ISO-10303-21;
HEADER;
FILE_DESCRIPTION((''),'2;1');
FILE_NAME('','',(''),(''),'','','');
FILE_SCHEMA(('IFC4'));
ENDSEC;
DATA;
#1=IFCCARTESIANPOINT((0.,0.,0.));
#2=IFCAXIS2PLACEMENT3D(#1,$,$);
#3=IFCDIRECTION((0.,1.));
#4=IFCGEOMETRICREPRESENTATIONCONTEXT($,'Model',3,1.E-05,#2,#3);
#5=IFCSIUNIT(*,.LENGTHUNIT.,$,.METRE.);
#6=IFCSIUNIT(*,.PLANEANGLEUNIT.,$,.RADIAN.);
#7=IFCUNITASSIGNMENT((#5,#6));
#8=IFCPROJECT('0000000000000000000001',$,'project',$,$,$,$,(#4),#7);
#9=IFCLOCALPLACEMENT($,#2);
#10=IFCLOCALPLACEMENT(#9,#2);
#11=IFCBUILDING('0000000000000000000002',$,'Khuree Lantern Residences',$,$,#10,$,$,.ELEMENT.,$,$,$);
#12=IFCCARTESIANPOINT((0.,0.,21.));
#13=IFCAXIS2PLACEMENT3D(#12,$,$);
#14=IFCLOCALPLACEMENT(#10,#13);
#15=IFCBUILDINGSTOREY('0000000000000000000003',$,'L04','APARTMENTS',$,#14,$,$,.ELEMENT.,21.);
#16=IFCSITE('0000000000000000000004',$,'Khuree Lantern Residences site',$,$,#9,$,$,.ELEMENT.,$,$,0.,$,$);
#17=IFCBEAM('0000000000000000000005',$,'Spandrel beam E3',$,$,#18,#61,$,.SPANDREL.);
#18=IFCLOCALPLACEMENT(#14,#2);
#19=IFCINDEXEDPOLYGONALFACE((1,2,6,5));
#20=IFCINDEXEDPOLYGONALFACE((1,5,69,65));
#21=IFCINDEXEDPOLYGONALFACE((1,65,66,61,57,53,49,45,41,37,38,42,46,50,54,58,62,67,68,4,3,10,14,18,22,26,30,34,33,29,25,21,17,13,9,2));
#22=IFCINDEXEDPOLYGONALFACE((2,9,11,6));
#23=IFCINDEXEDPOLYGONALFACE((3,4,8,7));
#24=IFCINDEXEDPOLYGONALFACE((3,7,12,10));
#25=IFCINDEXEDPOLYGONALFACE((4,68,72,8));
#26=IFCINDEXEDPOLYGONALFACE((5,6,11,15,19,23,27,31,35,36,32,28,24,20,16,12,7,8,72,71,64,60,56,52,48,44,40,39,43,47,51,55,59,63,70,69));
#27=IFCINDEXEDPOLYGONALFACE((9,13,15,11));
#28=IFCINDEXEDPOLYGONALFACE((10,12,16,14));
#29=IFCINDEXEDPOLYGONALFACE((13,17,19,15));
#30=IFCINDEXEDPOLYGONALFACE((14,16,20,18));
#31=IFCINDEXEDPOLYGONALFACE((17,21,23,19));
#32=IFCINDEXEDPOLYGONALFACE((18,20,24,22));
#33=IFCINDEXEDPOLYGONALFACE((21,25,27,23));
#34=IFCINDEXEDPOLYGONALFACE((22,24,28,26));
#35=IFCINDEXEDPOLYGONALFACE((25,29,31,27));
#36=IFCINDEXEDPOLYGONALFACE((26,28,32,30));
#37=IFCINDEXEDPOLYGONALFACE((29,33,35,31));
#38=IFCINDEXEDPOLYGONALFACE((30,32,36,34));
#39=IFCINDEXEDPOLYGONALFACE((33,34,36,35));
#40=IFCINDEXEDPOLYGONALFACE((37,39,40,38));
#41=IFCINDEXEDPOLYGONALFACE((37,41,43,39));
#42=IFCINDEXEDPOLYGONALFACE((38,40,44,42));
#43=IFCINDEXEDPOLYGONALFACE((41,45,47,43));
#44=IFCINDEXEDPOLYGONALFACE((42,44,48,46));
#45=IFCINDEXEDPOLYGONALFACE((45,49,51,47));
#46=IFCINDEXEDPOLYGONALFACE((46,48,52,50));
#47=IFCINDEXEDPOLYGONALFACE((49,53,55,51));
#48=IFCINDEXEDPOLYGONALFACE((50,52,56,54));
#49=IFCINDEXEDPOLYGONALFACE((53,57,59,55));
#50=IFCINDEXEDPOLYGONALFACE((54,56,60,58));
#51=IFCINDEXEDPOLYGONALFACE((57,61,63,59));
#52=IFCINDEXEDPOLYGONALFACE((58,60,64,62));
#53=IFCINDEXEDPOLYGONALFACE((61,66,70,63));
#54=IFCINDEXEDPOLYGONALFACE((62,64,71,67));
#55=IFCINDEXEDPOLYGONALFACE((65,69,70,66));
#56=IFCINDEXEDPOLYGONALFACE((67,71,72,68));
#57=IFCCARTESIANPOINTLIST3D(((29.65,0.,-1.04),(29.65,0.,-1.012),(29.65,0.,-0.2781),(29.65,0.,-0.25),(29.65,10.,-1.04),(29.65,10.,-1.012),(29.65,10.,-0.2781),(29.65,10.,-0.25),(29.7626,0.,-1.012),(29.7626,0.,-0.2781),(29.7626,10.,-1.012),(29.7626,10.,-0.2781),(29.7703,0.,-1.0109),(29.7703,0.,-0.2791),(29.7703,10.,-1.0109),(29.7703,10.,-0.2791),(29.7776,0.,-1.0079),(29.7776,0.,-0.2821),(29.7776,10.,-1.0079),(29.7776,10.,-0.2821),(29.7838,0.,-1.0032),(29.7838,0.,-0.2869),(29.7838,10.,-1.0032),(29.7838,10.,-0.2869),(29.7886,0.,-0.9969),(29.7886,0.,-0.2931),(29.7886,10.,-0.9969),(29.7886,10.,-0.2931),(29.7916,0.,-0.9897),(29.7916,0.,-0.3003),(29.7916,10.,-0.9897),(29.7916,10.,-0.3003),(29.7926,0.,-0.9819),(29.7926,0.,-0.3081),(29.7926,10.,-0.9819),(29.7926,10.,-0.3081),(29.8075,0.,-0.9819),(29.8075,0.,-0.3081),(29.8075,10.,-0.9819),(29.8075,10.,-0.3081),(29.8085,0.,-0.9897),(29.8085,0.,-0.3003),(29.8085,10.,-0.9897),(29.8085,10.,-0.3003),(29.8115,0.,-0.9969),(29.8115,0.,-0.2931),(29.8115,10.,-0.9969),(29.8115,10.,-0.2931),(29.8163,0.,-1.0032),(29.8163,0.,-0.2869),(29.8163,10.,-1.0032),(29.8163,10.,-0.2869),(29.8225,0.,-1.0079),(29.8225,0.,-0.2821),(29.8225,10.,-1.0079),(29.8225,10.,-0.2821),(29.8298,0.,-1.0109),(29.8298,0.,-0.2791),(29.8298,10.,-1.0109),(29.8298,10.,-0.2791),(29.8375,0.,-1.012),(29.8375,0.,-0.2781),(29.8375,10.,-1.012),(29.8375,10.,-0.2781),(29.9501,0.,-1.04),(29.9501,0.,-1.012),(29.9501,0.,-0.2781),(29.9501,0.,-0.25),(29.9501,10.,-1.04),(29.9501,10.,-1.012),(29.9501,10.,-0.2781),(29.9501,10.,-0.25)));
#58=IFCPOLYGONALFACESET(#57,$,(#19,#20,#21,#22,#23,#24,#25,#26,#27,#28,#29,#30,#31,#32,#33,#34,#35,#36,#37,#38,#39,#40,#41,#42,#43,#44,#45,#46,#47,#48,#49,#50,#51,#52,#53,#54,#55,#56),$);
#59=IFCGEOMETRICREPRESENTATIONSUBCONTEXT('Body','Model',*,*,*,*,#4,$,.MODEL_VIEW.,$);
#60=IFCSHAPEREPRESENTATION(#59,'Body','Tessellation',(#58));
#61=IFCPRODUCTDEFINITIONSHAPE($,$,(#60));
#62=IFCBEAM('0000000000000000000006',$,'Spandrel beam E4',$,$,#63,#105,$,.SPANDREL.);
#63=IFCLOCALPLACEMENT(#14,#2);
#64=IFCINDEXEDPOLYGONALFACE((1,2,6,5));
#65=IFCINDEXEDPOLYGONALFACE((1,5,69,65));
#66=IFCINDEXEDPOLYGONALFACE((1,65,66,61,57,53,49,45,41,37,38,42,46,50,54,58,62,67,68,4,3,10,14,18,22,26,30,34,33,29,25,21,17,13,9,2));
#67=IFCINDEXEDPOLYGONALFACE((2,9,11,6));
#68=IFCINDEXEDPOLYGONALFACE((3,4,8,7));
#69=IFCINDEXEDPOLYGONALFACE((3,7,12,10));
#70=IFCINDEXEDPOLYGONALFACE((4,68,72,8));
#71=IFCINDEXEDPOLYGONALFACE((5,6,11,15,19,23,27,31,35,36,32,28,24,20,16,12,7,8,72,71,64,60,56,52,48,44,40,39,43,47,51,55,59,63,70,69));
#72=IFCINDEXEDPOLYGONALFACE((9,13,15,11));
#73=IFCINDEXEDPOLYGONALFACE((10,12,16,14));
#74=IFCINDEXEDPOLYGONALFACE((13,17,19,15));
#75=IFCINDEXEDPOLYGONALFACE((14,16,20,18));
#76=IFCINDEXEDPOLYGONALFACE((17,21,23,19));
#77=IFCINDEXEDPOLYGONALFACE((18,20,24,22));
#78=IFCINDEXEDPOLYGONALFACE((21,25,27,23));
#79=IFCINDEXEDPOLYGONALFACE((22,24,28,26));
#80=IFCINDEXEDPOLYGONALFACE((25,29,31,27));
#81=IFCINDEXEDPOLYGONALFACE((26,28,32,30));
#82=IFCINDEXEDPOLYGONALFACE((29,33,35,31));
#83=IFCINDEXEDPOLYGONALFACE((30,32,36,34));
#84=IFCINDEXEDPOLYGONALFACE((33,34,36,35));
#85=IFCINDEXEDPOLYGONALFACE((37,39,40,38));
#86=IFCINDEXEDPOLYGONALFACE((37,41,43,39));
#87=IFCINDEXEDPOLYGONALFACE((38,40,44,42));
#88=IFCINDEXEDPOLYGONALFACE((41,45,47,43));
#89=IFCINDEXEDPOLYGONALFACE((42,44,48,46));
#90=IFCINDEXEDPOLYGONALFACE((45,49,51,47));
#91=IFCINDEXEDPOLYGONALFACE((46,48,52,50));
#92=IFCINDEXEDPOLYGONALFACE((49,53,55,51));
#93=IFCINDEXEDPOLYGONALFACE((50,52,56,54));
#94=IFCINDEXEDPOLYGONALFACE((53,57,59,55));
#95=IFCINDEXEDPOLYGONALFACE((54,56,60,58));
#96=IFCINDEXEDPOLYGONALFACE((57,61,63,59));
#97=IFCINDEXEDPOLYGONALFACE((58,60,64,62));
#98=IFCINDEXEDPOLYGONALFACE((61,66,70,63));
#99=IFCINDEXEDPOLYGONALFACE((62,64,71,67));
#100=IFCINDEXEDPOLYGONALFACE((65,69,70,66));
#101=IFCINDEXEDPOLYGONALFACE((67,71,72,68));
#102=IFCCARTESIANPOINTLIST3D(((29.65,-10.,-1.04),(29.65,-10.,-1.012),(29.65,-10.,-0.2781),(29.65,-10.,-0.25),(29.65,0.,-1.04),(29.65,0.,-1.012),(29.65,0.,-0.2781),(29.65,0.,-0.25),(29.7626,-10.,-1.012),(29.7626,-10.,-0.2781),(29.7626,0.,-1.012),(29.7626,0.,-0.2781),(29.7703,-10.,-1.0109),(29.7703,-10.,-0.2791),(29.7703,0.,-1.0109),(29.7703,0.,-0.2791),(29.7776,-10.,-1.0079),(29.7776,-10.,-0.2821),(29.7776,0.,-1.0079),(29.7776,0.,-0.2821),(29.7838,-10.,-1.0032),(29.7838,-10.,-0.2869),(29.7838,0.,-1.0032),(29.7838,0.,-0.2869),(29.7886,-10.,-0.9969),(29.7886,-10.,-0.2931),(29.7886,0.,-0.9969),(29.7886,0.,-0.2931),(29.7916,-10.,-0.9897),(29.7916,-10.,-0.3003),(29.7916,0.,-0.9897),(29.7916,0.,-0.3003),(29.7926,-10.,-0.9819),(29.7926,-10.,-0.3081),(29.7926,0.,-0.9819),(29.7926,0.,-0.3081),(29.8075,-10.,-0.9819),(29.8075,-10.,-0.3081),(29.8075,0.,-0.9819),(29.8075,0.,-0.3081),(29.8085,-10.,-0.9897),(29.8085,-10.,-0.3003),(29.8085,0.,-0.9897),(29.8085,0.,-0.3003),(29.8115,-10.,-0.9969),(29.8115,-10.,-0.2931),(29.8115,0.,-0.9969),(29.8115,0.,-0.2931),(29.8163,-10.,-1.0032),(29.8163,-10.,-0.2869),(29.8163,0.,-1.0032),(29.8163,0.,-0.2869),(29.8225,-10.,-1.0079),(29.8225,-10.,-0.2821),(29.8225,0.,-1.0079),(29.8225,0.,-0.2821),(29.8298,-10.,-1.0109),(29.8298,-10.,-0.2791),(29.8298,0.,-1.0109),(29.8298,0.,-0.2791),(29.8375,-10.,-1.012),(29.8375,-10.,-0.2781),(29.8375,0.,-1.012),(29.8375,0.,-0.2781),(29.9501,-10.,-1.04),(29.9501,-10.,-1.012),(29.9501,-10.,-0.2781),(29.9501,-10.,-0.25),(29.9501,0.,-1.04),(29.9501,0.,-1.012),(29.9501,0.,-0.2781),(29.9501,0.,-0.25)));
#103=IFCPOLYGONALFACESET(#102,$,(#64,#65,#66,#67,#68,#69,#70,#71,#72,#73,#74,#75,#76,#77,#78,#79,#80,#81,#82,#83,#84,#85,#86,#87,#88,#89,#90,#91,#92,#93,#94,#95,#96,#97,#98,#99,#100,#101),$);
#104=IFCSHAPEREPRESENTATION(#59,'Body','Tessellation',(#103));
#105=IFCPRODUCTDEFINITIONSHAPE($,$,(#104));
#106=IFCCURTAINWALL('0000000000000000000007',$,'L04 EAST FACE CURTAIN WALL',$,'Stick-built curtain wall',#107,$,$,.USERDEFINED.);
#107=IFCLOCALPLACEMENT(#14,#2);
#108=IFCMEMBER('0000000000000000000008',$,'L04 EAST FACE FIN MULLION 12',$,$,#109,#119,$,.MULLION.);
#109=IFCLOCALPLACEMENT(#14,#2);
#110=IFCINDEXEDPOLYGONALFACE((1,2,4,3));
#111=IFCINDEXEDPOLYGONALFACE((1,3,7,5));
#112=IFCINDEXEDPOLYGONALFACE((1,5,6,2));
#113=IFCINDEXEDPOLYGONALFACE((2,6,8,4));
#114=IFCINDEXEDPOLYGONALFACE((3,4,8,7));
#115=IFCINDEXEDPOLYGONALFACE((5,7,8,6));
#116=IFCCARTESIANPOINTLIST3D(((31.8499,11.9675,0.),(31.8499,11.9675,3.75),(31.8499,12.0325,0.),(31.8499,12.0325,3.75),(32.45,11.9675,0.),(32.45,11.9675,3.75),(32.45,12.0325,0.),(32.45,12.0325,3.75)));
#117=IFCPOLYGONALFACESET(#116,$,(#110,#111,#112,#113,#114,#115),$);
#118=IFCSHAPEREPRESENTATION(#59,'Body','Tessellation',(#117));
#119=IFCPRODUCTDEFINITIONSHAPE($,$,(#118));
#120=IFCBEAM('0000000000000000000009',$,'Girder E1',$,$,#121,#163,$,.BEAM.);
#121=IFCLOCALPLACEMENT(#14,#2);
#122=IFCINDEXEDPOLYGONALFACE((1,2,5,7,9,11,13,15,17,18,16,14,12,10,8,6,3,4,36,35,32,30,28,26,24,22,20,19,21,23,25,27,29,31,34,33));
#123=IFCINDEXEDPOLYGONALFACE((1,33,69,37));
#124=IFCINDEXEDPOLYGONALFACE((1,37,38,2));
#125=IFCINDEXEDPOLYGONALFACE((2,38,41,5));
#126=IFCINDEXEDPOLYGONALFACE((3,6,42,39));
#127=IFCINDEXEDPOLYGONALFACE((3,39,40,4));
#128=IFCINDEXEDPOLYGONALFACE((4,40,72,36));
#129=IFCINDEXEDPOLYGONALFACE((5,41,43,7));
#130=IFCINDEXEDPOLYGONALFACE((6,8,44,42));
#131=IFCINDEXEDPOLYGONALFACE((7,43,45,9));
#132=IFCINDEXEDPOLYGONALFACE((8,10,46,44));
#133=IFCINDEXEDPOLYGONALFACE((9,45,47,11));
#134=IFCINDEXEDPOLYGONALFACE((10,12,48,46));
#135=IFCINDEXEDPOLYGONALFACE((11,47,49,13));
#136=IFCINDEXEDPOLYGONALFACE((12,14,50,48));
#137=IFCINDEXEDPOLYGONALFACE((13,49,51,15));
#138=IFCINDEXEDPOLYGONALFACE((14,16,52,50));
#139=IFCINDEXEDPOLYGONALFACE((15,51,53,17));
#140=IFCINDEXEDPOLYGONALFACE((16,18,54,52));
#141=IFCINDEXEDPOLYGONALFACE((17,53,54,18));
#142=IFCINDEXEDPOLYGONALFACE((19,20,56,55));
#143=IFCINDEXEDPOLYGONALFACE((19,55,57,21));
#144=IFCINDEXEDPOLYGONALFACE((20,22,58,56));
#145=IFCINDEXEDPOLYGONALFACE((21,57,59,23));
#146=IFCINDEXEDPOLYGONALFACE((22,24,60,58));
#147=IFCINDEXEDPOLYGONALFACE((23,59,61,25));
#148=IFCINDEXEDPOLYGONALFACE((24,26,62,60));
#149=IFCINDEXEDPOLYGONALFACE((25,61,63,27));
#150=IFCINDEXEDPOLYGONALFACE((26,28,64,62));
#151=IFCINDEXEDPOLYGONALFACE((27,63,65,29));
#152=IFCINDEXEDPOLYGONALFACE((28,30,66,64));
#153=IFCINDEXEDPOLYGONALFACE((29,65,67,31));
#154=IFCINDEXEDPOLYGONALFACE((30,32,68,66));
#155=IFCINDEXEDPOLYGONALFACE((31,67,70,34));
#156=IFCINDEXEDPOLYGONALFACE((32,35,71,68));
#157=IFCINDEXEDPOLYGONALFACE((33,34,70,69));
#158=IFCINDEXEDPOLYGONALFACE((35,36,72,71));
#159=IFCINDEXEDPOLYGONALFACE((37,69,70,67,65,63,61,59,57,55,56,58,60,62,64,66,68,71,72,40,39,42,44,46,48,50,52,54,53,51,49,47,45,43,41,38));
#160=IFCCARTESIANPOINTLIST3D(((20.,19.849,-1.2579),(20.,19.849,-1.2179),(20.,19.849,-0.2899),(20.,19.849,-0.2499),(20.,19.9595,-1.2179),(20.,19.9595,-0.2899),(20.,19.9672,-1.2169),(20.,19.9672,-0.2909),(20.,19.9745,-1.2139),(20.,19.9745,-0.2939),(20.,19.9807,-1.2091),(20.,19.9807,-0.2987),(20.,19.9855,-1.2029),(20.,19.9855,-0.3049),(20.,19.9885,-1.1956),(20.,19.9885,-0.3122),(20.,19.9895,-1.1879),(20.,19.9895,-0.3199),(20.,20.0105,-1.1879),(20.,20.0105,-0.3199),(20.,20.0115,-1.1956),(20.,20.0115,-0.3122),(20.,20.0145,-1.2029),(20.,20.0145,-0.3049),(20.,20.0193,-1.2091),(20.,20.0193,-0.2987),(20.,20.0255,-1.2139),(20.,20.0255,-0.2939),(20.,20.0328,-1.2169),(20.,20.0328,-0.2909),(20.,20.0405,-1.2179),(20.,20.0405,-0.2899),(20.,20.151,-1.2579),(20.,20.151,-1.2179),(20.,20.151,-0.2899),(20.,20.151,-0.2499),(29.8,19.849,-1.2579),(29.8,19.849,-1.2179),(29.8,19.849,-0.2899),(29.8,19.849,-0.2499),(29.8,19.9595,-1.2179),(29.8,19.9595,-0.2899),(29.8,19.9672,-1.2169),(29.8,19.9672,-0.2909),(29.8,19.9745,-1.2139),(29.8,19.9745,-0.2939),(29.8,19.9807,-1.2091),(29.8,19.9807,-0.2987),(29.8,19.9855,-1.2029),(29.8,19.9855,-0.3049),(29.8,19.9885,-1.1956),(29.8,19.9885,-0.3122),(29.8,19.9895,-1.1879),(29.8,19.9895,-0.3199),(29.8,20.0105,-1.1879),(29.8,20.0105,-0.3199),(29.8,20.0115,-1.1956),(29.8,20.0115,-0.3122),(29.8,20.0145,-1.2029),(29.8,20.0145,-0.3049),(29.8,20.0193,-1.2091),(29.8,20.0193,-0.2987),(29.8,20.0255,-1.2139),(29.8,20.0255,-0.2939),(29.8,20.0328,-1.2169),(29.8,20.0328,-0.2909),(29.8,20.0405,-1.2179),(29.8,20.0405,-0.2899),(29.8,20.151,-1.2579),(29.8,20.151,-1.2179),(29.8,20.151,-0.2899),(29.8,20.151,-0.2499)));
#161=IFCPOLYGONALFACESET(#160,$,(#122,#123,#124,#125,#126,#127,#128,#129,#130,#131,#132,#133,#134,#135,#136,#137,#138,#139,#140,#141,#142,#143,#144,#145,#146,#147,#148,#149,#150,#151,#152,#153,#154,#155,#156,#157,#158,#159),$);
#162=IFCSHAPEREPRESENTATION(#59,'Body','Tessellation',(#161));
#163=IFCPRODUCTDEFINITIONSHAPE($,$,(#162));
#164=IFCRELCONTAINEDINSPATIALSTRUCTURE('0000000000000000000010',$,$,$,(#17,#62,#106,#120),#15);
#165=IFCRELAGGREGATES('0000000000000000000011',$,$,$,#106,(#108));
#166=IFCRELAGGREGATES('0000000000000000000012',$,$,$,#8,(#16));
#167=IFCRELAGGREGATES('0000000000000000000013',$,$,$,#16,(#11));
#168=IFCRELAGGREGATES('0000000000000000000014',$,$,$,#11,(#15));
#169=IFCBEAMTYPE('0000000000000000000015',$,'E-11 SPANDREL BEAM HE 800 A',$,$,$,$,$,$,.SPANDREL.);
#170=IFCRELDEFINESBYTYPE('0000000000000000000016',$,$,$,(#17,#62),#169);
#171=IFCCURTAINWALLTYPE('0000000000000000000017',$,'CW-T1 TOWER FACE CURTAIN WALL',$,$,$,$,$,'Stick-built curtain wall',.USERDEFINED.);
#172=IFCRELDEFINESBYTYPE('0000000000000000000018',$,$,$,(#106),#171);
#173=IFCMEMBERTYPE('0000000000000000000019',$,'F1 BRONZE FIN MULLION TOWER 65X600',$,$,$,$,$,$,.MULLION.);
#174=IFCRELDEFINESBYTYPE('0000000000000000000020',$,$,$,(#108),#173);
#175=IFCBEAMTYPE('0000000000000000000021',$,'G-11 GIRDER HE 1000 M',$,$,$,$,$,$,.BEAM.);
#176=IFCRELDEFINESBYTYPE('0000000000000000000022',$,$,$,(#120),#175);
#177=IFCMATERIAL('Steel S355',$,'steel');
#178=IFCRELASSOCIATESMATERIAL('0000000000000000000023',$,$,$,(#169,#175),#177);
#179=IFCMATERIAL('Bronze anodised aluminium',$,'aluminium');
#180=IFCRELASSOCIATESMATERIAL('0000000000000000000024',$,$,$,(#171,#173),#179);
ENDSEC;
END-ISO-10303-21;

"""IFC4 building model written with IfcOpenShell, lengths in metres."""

from ifc_helpers import new_model, si_unit, direction, frame, origin, origin_2d, place, context, subcontext, project, spatial, rectangle, i_section, extrude, material, material_profile, profile_set, type_object, element, aggregate, save


model = new_model("IFC4")

# Units and contexts
model_context = context("Model", 3, precision=1e-05, world=origin(), true_north=direction((0.0, 1.0)))
body_context = subcontext(model_context, "Body", "Model", "MODEL_VIEW")
ifc_project = project(units=[si_unit("LENGTHUNIT", "METRE"), si_unit("PLANEANGLEUNIT", "RADIAN")], contexts=[model_context])

# Site, building, storey
site_placement = place(None, origin())
site = spatial("IfcSite", under=ifc_project, at=site_placement, Name="Khuree Lantern Residences site", CompositionType="ELEMENT", RefElevation=0.0)
building_placement = place(site_placement, origin())
building = spatial("IfcBuilding", under=site, at=building_placement, Name="Khuree Lantern Residences", CompositionType="ELEMENT")
storey_placement = place(building_placement, frame((0.0, 0.0, 21.0)))
storey = spatial("IfcBuildingStorey", under=building, at=storey_placement, Name="L04", Description="APARTMENTS", CompositionType="ELEMENT", Elevation=21.0)

# Beams
ifc_material_1 = material(Name="Steel S355", Category="steel")
ifc_material_profile_1 = material_profile(ifc_material_1, i_section(OverallWidth=0.3, OverallDepth=0.79, WebThickness=0.0149, FlangeThickness=0.0281, FilletRadius=0.03, at=origin_2d()), Name="HE 800 A")
ifc_profile_set_1 = profile_set([ifc_material_profile_1], Name="Steel S355")
beam_type_1 = type_object("IfcBeamType", Name="E-11 SPANDREL BEAM HE 800 A", PredefinedType="SPANDREL", material=ifc_profile_set_1)
for number, where, z_axis, x_axis, name in (
    (1, (29.8, 10.0, -0.645), (0.0, -1.0, 0.0), (1.0, 0.0, 0.0), "Spandrel beam E3"),
    (2, (29.8, 0.0, -0.645), (0.0, -1.0, 0.0), (1.0, 0.0, 0.0), "Spandrel beam E4"),
):
    element("IfcBeam", number, at=place(storey_placement, frame(where, z_axis=z_axis, x_axis=x_axis)), inside=storey, type_object=beam_type_1, Name=name, PredefinedType="SPANDREL", context=body_context, shape_type="SweptSolid", body=[
        extrude(i_section(OverallWidth=0.3, OverallDepth=0.79, WebThickness=0.0149, FlangeThickness=0.0281, FilletRadius=0.03, at=origin_2d()), origin(), (0.0, 0.0, 1.0), 10.0),
    ])

# Curtain wall, member
ifc_material_2 = material(Name="Bronze anodised aluminium", Category="aluminium")
curtain_wall_type = type_object("IfcCurtainWallType", Name="CW-T1 TOWER FACE CURTAIN WALL", ElementType="Stick-built curtain wall", PredefinedType="USERDEFINED", material=ifc_material_2)
curtain_wall_placement = place(storey_placement, origin())
curtain_wall = element("IfcCurtainWall", 3, at=curtain_wall_placement, inside=storey, type_object=curtain_wall_type, Name="L04 EAST FACE CURTAIN WALL", ObjectType="Stick-built curtain wall", PredefinedType="USERDEFINED")
ifc_material_profile_2 = material_profile(ifc_material_2, rectangle(XDim=0.0649, YDim=0.6001, at=origin_2d()), Name="F1 65X600")
ifc_profile_set_2 = profile_set([ifc_material_profile_2], Name="Bronze anodised aluminium")
member_type_1 = type_object("IfcMemberType", Name="F1 BRONZE FIN MULLION TOWER 65X600", PredefinedType="MULLION", material=ifc_profile_set_2)
member_1_placement = place(storey_placement, frame((32.1499, 12.0, 0.0), z_axis=(0.0, 0.0, 1.0), x_axis=(0.0, 1.0, 0.0)))
member_1 = element("IfcMember", 4, at=member_1_placement, type_object=member_type_1, Name="L04 EAST FACE FIN MULLION 12", PredefinedType="MULLION", context=body_context, shape_type="SweptSolid", body=[
    extrude(rectangle(XDim=0.0649, YDim=0.6001, at=origin_2d()), origin(), (0.0, 0.0, 1.0), 3.75),
])

# Beam
ifc_material_profile_3 = material_profile(ifc_material_1, i_section(OverallWidth=0.302, OverallDepth=1.0081, WebThickness=0.021, FlangeThickness=0.04, FilletRadius=0.03, at=origin_2d()), Name="HE 1000 M")
ifc_profile_set_3 = profile_set([ifc_material_profile_3], Name="Steel S355")
beam_type_2 = type_object("IfcBeamType", Name="G-11 GIRDER HE 1000 M", PredefinedType="BEAM", material=ifc_profile_set_3)
beam_1_placement = place(storey_placement, frame((29.8, 20.0, -0.7539), z_axis=(-1.0, 0.0, 0.0), x_axis=(0.0, -1.0, 0.0)))
element("IfcBeam", 5, at=beam_1_placement, inside=storey, type_object=beam_type_2, Name="Girder E1", PredefinedType="BEAM", context=body_context, shape_type="SweptSolid", body=[
    extrude(i_section(OverallWidth=0.302, OverallDepth=1.0081, WebThickness=0.021, FlangeThickness=0.04, FilletRadius=0.03, at=origin_2d()), origin(), (0.0, 0.0, 1.0), 9.8),
])

aggregate(curtain_wall, [member_1])

save(model, "model.ifc")
